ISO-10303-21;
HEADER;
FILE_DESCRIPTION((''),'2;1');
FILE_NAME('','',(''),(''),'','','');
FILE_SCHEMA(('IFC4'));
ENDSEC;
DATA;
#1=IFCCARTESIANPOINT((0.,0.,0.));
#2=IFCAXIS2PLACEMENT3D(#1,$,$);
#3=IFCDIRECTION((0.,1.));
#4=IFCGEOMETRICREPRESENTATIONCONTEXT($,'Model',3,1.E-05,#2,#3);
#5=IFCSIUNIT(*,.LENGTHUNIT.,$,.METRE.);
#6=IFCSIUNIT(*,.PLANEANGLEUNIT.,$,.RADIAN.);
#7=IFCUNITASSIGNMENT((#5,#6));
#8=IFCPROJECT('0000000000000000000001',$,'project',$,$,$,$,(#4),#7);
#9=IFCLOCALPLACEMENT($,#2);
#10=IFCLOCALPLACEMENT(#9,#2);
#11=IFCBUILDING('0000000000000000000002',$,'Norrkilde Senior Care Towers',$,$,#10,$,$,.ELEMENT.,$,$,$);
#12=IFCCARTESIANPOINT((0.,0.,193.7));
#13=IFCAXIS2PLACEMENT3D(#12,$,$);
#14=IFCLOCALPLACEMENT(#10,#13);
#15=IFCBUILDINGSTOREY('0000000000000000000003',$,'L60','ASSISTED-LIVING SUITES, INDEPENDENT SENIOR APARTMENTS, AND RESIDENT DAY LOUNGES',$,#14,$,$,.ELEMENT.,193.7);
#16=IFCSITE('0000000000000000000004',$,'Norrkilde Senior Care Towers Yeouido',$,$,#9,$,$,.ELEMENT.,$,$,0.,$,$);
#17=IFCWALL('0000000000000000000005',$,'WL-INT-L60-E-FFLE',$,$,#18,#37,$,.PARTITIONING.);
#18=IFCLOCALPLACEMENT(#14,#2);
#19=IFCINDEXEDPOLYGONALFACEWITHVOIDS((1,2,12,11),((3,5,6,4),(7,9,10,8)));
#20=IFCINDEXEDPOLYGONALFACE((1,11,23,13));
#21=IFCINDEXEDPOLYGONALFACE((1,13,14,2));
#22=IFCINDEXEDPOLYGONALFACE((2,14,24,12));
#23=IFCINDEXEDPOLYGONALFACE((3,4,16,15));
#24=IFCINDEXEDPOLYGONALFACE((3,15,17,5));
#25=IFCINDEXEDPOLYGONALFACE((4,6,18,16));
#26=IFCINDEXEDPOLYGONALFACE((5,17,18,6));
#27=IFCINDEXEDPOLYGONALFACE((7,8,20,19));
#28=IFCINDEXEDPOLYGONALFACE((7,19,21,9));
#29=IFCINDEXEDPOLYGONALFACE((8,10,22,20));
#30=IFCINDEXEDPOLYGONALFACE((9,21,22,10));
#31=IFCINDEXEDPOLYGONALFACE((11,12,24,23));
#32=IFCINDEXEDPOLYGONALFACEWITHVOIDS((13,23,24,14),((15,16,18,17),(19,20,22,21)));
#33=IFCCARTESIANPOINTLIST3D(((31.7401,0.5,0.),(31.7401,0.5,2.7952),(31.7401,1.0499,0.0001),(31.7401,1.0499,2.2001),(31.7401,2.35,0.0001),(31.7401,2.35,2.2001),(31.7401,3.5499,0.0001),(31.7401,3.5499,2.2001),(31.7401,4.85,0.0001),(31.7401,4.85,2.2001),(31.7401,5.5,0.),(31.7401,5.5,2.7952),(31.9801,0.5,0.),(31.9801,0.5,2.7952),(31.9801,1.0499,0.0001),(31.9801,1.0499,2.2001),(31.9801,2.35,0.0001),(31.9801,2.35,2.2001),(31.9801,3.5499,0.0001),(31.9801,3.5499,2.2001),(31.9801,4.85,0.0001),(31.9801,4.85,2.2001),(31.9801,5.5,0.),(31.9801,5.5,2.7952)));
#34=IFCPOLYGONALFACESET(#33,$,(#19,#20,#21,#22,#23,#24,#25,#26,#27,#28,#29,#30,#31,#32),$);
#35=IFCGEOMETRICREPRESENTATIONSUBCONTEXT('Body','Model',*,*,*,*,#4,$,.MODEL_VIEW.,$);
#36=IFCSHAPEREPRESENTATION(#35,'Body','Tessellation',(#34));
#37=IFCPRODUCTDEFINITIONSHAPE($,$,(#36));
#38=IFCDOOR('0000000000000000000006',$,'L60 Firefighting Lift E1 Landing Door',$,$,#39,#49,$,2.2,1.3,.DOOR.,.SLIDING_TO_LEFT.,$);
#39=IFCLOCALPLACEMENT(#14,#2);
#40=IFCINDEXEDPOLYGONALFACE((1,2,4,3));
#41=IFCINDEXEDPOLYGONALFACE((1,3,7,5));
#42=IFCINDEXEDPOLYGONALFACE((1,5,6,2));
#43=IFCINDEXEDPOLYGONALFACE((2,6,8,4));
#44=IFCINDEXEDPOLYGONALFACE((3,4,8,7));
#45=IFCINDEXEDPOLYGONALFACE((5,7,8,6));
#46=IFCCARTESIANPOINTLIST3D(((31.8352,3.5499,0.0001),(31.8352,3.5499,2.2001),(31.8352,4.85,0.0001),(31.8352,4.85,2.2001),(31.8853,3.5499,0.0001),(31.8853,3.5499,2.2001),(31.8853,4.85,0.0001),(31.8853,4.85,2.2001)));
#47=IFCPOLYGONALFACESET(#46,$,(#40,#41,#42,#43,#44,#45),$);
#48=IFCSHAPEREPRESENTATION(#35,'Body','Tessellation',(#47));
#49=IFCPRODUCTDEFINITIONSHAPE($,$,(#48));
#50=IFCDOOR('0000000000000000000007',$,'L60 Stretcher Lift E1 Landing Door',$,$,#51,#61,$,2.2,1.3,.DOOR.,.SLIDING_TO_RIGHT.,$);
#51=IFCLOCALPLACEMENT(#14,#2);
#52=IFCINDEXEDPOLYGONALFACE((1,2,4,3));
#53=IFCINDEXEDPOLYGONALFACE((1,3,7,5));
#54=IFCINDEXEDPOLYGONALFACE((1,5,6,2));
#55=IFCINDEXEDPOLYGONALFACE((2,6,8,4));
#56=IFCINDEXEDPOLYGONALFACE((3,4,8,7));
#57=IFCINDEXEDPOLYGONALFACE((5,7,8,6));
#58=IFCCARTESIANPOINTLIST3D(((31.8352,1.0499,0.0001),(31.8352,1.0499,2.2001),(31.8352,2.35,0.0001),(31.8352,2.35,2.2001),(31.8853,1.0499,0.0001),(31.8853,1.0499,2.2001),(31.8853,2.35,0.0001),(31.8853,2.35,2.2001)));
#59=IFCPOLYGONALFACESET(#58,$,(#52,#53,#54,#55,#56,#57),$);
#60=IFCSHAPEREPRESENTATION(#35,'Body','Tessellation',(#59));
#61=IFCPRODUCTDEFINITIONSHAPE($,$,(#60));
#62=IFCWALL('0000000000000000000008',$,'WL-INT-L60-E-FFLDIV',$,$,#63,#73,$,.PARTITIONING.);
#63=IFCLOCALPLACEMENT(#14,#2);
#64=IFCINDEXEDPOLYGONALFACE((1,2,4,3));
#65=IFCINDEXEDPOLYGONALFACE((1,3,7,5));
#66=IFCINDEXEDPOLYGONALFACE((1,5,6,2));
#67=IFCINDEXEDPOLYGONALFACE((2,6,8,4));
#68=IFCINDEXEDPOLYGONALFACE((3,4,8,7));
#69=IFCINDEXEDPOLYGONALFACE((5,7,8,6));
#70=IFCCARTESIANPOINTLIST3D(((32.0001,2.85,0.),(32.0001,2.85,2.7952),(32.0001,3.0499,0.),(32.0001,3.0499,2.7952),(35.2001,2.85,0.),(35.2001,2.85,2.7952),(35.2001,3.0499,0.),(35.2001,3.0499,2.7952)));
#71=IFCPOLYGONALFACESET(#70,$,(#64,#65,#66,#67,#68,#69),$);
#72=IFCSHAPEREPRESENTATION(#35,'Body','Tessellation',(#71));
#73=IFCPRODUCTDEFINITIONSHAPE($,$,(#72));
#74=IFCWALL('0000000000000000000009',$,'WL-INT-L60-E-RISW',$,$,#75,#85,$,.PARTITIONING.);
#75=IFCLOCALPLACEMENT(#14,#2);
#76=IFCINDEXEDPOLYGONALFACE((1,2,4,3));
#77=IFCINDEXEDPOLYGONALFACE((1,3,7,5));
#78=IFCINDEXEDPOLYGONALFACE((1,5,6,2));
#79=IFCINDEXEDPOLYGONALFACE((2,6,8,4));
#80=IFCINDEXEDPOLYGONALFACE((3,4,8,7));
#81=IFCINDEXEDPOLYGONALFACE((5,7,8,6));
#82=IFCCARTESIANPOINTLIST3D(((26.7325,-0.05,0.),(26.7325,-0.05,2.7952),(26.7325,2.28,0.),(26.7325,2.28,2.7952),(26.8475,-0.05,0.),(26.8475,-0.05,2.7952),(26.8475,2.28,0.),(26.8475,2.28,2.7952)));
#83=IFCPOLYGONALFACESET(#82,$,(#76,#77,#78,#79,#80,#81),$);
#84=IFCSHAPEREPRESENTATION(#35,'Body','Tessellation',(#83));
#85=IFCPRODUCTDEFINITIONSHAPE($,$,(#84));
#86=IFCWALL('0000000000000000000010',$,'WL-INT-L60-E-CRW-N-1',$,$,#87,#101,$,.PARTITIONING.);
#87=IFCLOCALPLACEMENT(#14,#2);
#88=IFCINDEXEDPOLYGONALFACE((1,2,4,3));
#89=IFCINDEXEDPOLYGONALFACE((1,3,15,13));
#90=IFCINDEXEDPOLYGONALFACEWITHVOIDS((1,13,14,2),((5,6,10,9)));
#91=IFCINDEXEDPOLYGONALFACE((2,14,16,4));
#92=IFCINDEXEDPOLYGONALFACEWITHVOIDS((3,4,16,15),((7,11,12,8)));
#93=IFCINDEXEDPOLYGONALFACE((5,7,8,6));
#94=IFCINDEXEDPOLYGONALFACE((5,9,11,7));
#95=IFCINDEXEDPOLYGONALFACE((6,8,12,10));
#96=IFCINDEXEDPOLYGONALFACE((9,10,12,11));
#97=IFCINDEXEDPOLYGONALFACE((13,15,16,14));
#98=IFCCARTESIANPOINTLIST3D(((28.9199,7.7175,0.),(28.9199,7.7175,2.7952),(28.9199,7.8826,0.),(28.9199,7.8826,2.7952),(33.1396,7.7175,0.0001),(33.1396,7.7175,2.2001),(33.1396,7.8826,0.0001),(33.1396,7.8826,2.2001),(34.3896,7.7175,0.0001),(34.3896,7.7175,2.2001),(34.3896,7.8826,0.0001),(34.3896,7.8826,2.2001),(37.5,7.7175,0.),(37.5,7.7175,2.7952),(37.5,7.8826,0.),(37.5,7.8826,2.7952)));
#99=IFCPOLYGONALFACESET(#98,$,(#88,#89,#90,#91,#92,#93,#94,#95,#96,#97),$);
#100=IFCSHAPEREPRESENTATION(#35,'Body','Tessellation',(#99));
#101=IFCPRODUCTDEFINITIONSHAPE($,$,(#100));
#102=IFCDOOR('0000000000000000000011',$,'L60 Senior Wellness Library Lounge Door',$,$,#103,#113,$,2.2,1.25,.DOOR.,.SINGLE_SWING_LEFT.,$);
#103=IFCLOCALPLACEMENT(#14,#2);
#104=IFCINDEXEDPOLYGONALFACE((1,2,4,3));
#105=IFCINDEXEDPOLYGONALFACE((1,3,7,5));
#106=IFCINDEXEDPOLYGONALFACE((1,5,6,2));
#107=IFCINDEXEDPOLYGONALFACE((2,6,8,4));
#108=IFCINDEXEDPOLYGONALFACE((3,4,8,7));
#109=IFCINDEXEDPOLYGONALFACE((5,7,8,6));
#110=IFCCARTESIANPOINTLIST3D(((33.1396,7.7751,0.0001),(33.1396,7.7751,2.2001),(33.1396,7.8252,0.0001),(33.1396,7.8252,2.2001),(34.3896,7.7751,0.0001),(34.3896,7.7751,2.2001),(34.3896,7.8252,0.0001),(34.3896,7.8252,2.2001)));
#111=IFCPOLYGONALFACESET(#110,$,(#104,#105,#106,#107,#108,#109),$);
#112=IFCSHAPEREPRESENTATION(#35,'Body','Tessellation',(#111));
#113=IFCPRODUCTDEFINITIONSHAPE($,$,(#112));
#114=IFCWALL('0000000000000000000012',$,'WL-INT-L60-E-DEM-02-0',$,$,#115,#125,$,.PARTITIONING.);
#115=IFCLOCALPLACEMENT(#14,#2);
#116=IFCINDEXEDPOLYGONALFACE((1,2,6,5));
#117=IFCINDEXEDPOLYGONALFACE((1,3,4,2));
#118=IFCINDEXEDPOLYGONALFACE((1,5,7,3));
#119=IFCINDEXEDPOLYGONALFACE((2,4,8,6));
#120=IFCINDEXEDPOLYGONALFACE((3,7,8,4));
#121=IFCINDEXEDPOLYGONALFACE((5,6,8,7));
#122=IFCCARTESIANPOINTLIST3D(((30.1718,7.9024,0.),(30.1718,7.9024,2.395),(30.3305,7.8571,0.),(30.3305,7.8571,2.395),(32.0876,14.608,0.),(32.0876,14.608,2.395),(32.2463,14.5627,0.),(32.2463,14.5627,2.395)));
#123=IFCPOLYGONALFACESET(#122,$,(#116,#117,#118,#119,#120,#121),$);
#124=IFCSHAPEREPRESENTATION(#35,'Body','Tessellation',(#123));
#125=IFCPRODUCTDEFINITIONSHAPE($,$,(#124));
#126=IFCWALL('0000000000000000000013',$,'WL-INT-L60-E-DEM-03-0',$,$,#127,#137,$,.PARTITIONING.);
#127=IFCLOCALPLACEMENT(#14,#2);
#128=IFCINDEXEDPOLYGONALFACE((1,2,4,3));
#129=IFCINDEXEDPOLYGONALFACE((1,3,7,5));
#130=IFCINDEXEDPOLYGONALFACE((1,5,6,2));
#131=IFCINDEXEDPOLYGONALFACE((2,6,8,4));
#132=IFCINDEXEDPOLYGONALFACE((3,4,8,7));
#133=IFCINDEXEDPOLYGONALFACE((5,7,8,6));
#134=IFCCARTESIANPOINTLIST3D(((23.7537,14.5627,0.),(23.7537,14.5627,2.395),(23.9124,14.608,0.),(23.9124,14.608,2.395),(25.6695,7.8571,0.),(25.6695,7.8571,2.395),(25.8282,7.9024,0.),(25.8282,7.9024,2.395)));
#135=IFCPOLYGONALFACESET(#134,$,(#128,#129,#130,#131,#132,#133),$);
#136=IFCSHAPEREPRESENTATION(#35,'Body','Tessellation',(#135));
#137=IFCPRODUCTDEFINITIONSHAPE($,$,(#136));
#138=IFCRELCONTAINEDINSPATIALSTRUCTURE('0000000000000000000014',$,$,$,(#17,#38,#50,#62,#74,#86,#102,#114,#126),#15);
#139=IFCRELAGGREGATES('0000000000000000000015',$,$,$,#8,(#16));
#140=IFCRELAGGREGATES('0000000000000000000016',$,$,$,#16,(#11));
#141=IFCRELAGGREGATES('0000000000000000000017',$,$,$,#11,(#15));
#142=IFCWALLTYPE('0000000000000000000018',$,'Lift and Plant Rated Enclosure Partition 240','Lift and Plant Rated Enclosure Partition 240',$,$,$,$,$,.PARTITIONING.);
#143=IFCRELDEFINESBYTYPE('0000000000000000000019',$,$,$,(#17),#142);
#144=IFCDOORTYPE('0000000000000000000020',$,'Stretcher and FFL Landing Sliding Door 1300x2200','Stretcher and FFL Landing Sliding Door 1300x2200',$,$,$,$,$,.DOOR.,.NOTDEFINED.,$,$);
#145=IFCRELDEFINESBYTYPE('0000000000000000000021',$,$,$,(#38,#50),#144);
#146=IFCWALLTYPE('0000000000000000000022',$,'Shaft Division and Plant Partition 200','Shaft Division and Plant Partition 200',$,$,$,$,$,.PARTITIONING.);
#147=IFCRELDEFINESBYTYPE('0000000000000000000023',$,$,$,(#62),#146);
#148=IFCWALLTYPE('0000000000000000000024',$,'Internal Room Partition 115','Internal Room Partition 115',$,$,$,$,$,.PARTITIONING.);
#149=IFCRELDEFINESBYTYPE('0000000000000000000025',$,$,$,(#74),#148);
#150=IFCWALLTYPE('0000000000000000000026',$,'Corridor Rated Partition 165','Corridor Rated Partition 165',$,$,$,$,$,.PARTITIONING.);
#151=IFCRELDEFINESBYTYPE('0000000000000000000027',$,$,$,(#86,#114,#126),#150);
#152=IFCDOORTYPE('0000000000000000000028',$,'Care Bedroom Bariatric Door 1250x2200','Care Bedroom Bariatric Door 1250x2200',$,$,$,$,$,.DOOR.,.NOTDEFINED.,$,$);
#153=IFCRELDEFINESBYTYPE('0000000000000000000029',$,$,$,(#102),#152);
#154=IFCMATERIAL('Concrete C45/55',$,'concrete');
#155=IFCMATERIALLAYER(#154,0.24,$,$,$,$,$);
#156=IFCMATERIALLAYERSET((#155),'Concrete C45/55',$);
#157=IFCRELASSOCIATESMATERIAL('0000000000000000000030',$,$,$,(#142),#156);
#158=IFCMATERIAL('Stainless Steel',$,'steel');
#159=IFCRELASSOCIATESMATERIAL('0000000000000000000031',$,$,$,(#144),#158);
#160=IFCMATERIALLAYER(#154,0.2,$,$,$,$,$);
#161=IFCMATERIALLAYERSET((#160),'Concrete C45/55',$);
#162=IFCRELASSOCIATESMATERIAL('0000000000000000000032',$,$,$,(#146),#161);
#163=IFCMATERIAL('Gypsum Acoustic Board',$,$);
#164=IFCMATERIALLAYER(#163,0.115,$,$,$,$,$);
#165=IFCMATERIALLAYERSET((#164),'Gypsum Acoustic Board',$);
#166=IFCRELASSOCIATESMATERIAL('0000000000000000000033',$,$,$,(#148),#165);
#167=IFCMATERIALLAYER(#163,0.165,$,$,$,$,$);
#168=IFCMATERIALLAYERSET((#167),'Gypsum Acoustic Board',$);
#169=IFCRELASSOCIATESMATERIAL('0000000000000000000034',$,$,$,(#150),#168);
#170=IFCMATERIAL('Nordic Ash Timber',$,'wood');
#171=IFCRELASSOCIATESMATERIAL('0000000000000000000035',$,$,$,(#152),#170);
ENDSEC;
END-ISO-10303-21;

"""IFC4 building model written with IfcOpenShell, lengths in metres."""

from ifc_helpers import new_model, si_unit, direction, frame, frame_2d, origin, place, context, subcontext, project, spatial, rectangle, extrude, source, transform, mapped, material, layer, layer_set, type_object, type_shapes, element, fill, save


model = new_model("IFC4")

# Units and contexts
model_context = context("Model", 3, precision=1e-05, world=origin(), true_north=direction((0.0, 1.0)))
body_context = subcontext(model_context, "Body", "Model", "MODEL_VIEW")
ifc_project = project(units=[si_unit("LENGTHUNIT", "METRE"), si_unit("PLANEANGLEUNIT", "RADIAN")], contexts=[model_context])

# Site, building, storey
site_placement = place(None, origin())
site = spatial("IfcSite", under=ifc_project, at=site_placement, Name="Norrkilde Senior Care Towers Yeouido", CompositionType="ELEMENT", RefElevation=0.0)
building_placement = place(site_placement, origin())
building = spatial("IfcBuilding", under=site, at=building_placement, Name="Norrkilde Senior Care Towers", CompositionType="ELEMENT")
storey_placement = place(building_placement, frame((0.0, 0.0, 193.7)))
storey = spatial("IfcBuildingStorey", under=building, at=storey_placement, Name="L60", Description="ASSISTED-LIVING SUITES, INDEPENDENT SENIOR APARTMENTS, AND RESIDENT DAY LOUNGES", CompositionType="ELEMENT", Elevation=193.7)

# Wall, openings, doors
ifc_material_1 = material(Name="Concrete C45/55", Category="concrete")
ifc_layer_1 = layer(ifc_material_1, 0.24)
ifc_layer_set_1 = layer_set([ifc_layer_1], Name="Concrete C45/55")
wall_type_1 = type_object("IfcWallType", Name="Lift and Plant Rated Enclosure Partition 240", Description="Lift and Plant Rated Enclosure Partition 240", PredefinedType="PARTITIONING", material=ifc_layer_set_1)
shared_shape_1 = source(origin(), body_context, "Body", "SweptSolid", [
    extrude(rectangle(XDim=5.0, YDim=0.24, at=frame_2d((2.5, 0.0))), origin(), (0.0, 0.0, 1.0), 2.7952),
])
type_shapes(wall_type_1, [shared_shape_1])
wall_1_placement = place(storey_placement, frame((31.8601, 0.5, 0.0), z_axis=(0.0, 0.0, 1.0), x_axis=(0.0, 1.0, 0.0)))
wall_1 = element("IfcWall", 1, at=wall_1_placement, inside=storey, type_object=wall_type_1, Name="WL-INT-L60-E-FFLE", PredefinedType="PARTITIONING", context=body_context, shape_type="MappedRepresentation", body=[
    mapped(shared_shape_1, transform((0.0, 0.0, 0.0), x_axis=(1.0, 0.0, 0.0), y_axis=(0.0, 1.0, 0.0), z_axis=(0.0, 0.0, 1.0), scale=1.0)),
])
opening_1_placement = place(wall_1_placement, frame((3.05, 0.0, 0.0)))
opening_1 = element("IfcOpeningElement", 2, at=opening_1_placement, cuts=wall_1, PredefinedType="OPENING", context=body_context, shape_type="SweptSolid", body=[
    extrude(rectangle(XDim=1.3, YDim=2.2, at=frame_2d((0.6499, 1.1001))), frame((0.0, 0.1299, 0.0), z_axis=(0.0, -1.0, 0.0), x_axis=(1.0, 0.0, 0.0)), (0.0, 0.0, 1.0), 0.26),
])
opening_2_placement = place(wall_1_placement, frame((0.55, 0.0, 0.0)))
opening_2 = element("IfcOpeningElement", 3, at=opening_2_placement, cuts=wall_1, PredefinedType="OPENING", context=body_context, shape_type="SweptSolid", body=[
    extrude(rectangle(XDim=1.3, YDim=2.2, at=frame_2d((0.6499, 1.1001))), frame((0.0, 0.1299, 0.0), z_axis=(0.0, -1.0, 0.0), x_axis=(1.0, 0.0, 0.0)), (0.0, 0.0, 1.0), 0.26),
])
ifc_material_2 = material(Name="Stainless Steel", Category="steel")
door_type_1 = type_object("IfcDoorType", Name="Stretcher and FFL Landing Sliding Door 1300x2200", Description="Stretcher and FFL Landing Sliding Door 1300x2200", OperationType="NOTDEFINED", PredefinedType="DOOR", material=ifc_material_2)
shared_shape_2 = source(origin(), body_context, "Body", "SweptSolid", [
    extrude(rectangle(XDim=1.3, YDim=2.2, at=frame_2d((0.6499, 1.1001))), frame((0.0, 0.0249, 0.0), z_axis=(0.0, -1.0, 0.0), x_axis=(1.0, 0.0, 0.0)), (0.0, 0.0, 1.0), 0.05),
])
type_shapes(door_type_1, [shared_shape_2])
door_1_placement = place(opening_1_placement, origin())
door_1 = element("IfcDoor", 4, at=door_1_placement, inside=storey, type_object=door_type_1, Name="L60 Firefighting Lift E1 Landing Door", OperationType="SLIDING_TO_LEFT", OverallHeight=2.2, OverallWidth=1.3, PredefinedType="DOOR", context=body_context, shape_type="MappedRepresentation", body=[
    mapped(shared_shape_2, transform((0.0, 0.0, 0.0), x_axis=(1.0, 0.0, 0.0), y_axis=(0.0, 1.0, 0.0), z_axis=(0.0, 0.0, 1.0), scale=1.0)),
])
fill(opening_1, door_1)
door_2_placement = place(opening_2_placement, origin())
door_2 = element("IfcDoor", 5, at=door_2_placement, inside=storey, type_object=door_type_1, Name="L60 Stretcher Lift E1 Landing Door", OperationType="SLIDING_TO_RIGHT", OverallHeight=2.2, OverallWidth=1.3, PredefinedType="DOOR", context=body_context, shape_type="MappedRepresentation", body=[
    mapped(shared_shape_2, transform((0.0, 0.0, 0.0), x_axis=(1.0, 0.0, 0.0), y_axis=(0.0, 1.0, 0.0), z_axis=(0.0, 0.0, 1.0), scale=1.0)),
])
fill(opening_2, door_2)

# Wall
ifc_layer_2 = layer(ifc_material_1, 0.2)
ifc_layer_set_2 = layer_set([ifc_layer_2], Name="Concrete C45/55")
wall_type_2 = type_object("IfcWallType", Name="Shaft Division and Plant Partition 200", Description="Shaft Division and Plant Partition 200", PredefinedType="PARTITIONING", material=ifc_layer_set_2)
shared_shape_3 = source(origin(), body_context, "Body", "SweptSolid", [
    extrude(rectangle(XDim=3.2, YDim=0.2, at=frame_2d((1.6001, 0.0))), origin(), (0.0, 0.0, 1.0), 2.7952),
])
type_shapes(wall_type_2, [shared_shape_3])
wall_2_placement = place(storey_placement, frame((32.0, 2.95, 0.0), z_axis=(0.0, 0.0, 1.0), x_axis=(1.0, 0.0, 0.0)))
element("IfcWall", 6, at=wall_2_placement, inside=storey, type_object=wall_type_2, Name="WL-INT-L60-E-FFLDIV", PredefinedType="PARTITIONING", context=body_context, shape_type="MappedRepresentation", body=[
    mapped(shared_shape_3, transform((0.0, 0.0, 0.0), x_axis=(1.0, 0.0, 0.0), y_axis=(0.0, 1.0, 0.0), z_axis=(0.0, 0.0, 1.0), scale=1.0)),
])

# Wall
ifc_material_3 = material(Name="Gypsum Acoustic Board")
ifc_layer_3 = layer(ifc_material_3, 0.115)
ifc_layer_set_3 = layer_set([ifc_layer_3], Name="Gypsum Acoustic Board")
wall_type_3 = type_object("IfcWallType", Name="Internal Room Partition 115", Description="Internal Room Partition 115", PredefinedType="PARTITIONING", material=ifc_layer_set_3)
shared_shape_4 = source(origin(), body_context, "Body", "SweptSolid", [
    extrude(rectangle(XDim=2.3301, YDim=0.115, at=frame_2d((1.165, 0.0))), origin(), (0.0, 0.0, 1.0), 2.7952),
])
type_shapes(wall_type_3, [shared_shape_4])
wall_3_placement = place(storey_placement, frame((26.79, -0.05, 0.0), z_axis=(0.0, 0.0, 1.0), x_axis=(0.0, 1.0, 0.0)))
element("IfcWall", 7, at=wall_3_placement, inside=storey, type_object=wall_type_3, Name="WL-INT-L60-E-RISW", PredefinedType="PARTITIONING", context=body_context, shape_type="MappedRepresentation", body=[
    mapped(shared_shape_4, transform((0.0, 0.0, 0.0), x_axis=(1.0, 0.0, 0.0), y_axis=(0.0, 1.0, 0.0), z_axis=(0.0, 0.0, 1.0), scale=1.0)),
])

# Wall, opening, door
ifc_layer_4 = layer(ifc_material_3, 0.165)
ifc_layer_set_4 = layer_set([ifc_layer_4], Name="Gypsum Acoustic Board")
wall_type_4 = type_object("IfcWallType", Name="Corridor Rated Partition 165", Description="Corridor Rated Partition 165", PredefinedType="PARTITIONING", material=ifc_layer_set_4)
shared_shape_5 = source(origin(), body_context, "Body", "SweptSolid", [
    extrude(rectangle(XDim=8.5801, YDim=0.165, at=frame_2d((4.29, 0.0))), origin(), (0.0, 0.0, 1.0), 2.7952),
])
wall_4_placement = place(storey_placement, frame((28.9199, 7.8, 0.0), z_axis=(0.0, 0.0, 1.0), x_axis=(1.0, 0.0, 0.0)))
wall_4 = element("IfcWall", 8, at=wall_4_placement, inside=storey, type_object=wall_type_4, Name="WL-INT-L60-E-CRW-N-1", PredefinedType="PARTITIONING", context=body_context, shape_type="MappedRepresentation", body=[
    mapped(shared_shape_5, transform((0.0, 0.0, 0.0), x_axis=(1.0, 0.0, 0.0), y_axis=(0.0, 1.0, 0.0), z_axis=(0.0, 0.0, 1.0), scale=1.0)),
])
opening_3_placement = place(wall_4_placement, frame((4.2197, 0.0, 0.0)))
opening_3 = element("IfcOpeningElement", 9, at=opening_3_placement, cuts=wall_4, PredefinedType="OPENING", context=body_context, shape_type="SweptSolid", body=[
    extrude(rectangle(XDim=1.25, YDim=2.2, at=frame_2d((0.625, 1.1001))), frame((0.0, 0.0925, 0.0), z_axis=(0.0, -1.0, 0.0), x_axis=(1.0, 0.0, 0.0)), (0.0, 0.0, 1.0), 0.1851),
])
ifc_material_4 = material(Name="Nordic Ash Timber", Category="wood")
door_type_2 = type_object("IfcDoorType", Name="Care Bedroom Bariatric Door 1250x2200", Description="Care Bedroom Bariatric Door 1250x2200", OperationType="NOTDEFINED", PredefinedType="DOOR", material=ifc_material_4)
shared_shape_6 = source(origin(), body_context, "Body", "SweptSolid", [
    extrude(rectangle(XDim=1.25, YDim=2.2, at=frame_2d((0.625, 1.1001))), frame((0.0, 0.0249, 0.0), z_axis=(0.0, -1.0, 0.0), x_axis=(1.0, 0.0, 0.0)), (0.0, 0.0, 1.0), 0.05),
])
type_shapes(door_type_2, [shared_shape_6])
door_3_placement = place(opening_3_placement, frame((1.25, 0.0, 0.0), z_axis=(0.0, 0.0, 1.0), x_axis=(-1.0, 0.0, 0.0)))
door_3 = element("IfcDoor", 10, at=door_3_placement, inside=storey, type_object=door_type_2, Name="L60 Senior Wellness Library Lounge Door", OperationType="SINGLE_SWING_LEFT", OverallHeight=2.2, OverallWidth=1.25, PredefinedType="DOOR", context=body_context, shape_type="MappedRepresentation", body=[
    mapped(shared_shape_6, transform((0.0, 0.0, 0.0), x_axis=(1.0, 0.0, 0.0), y_axis=(0.0, 1.0, 0.0), z_axis=(0.0, 0.0, 1.0), scale=1.0)),
])
fill(opening_3, door_3)

# Walls
shared_shape_7 = source(origin(), body_context, "Body", "SweptSolid", [
    extrude(rectangle(XDim=6.9739, YDim=0.165, at=frame_2d((3.4868, 0.0))), origin(), (0.0, 0.0, 1.0), 2.395),
])
for number, where, z_axis, x_axis, name in (
    (11, (30.2512, 7.8799, 0.0), (0.0, 0.0, 1.0), (0.274707, 0.961528, 0.0), "WL-INT-L60-E-DEM-02-0"),
    (12, (25.7488, 7.8799, 0.0), (0.0, 0.0, 1.0), (-0.274707, 0.961528, 0.0), "WL-INT-L60-E-DEM-03-0"),
):
    element("IfcWall", number, at=place(storey_placement, frame(where, z_axis=z_axis, x_axis=x_axis)), inside=storey, type_object=wall_type_4, Name=name, PredefinedType="PARTITIONING", context=body_context, shape_type="MappedRepresentation", body=[
        mapped(shared_shape_7, transform((0.0, 0.0, 0.0), x_axis=(1.0, 0.0, 0.0), y_axis=(0.0, 1.0, 0.0), z_axis=(0.0, 0.0, 1.0), scale=1.0)),
    ])

save(model, "model.ifc")
